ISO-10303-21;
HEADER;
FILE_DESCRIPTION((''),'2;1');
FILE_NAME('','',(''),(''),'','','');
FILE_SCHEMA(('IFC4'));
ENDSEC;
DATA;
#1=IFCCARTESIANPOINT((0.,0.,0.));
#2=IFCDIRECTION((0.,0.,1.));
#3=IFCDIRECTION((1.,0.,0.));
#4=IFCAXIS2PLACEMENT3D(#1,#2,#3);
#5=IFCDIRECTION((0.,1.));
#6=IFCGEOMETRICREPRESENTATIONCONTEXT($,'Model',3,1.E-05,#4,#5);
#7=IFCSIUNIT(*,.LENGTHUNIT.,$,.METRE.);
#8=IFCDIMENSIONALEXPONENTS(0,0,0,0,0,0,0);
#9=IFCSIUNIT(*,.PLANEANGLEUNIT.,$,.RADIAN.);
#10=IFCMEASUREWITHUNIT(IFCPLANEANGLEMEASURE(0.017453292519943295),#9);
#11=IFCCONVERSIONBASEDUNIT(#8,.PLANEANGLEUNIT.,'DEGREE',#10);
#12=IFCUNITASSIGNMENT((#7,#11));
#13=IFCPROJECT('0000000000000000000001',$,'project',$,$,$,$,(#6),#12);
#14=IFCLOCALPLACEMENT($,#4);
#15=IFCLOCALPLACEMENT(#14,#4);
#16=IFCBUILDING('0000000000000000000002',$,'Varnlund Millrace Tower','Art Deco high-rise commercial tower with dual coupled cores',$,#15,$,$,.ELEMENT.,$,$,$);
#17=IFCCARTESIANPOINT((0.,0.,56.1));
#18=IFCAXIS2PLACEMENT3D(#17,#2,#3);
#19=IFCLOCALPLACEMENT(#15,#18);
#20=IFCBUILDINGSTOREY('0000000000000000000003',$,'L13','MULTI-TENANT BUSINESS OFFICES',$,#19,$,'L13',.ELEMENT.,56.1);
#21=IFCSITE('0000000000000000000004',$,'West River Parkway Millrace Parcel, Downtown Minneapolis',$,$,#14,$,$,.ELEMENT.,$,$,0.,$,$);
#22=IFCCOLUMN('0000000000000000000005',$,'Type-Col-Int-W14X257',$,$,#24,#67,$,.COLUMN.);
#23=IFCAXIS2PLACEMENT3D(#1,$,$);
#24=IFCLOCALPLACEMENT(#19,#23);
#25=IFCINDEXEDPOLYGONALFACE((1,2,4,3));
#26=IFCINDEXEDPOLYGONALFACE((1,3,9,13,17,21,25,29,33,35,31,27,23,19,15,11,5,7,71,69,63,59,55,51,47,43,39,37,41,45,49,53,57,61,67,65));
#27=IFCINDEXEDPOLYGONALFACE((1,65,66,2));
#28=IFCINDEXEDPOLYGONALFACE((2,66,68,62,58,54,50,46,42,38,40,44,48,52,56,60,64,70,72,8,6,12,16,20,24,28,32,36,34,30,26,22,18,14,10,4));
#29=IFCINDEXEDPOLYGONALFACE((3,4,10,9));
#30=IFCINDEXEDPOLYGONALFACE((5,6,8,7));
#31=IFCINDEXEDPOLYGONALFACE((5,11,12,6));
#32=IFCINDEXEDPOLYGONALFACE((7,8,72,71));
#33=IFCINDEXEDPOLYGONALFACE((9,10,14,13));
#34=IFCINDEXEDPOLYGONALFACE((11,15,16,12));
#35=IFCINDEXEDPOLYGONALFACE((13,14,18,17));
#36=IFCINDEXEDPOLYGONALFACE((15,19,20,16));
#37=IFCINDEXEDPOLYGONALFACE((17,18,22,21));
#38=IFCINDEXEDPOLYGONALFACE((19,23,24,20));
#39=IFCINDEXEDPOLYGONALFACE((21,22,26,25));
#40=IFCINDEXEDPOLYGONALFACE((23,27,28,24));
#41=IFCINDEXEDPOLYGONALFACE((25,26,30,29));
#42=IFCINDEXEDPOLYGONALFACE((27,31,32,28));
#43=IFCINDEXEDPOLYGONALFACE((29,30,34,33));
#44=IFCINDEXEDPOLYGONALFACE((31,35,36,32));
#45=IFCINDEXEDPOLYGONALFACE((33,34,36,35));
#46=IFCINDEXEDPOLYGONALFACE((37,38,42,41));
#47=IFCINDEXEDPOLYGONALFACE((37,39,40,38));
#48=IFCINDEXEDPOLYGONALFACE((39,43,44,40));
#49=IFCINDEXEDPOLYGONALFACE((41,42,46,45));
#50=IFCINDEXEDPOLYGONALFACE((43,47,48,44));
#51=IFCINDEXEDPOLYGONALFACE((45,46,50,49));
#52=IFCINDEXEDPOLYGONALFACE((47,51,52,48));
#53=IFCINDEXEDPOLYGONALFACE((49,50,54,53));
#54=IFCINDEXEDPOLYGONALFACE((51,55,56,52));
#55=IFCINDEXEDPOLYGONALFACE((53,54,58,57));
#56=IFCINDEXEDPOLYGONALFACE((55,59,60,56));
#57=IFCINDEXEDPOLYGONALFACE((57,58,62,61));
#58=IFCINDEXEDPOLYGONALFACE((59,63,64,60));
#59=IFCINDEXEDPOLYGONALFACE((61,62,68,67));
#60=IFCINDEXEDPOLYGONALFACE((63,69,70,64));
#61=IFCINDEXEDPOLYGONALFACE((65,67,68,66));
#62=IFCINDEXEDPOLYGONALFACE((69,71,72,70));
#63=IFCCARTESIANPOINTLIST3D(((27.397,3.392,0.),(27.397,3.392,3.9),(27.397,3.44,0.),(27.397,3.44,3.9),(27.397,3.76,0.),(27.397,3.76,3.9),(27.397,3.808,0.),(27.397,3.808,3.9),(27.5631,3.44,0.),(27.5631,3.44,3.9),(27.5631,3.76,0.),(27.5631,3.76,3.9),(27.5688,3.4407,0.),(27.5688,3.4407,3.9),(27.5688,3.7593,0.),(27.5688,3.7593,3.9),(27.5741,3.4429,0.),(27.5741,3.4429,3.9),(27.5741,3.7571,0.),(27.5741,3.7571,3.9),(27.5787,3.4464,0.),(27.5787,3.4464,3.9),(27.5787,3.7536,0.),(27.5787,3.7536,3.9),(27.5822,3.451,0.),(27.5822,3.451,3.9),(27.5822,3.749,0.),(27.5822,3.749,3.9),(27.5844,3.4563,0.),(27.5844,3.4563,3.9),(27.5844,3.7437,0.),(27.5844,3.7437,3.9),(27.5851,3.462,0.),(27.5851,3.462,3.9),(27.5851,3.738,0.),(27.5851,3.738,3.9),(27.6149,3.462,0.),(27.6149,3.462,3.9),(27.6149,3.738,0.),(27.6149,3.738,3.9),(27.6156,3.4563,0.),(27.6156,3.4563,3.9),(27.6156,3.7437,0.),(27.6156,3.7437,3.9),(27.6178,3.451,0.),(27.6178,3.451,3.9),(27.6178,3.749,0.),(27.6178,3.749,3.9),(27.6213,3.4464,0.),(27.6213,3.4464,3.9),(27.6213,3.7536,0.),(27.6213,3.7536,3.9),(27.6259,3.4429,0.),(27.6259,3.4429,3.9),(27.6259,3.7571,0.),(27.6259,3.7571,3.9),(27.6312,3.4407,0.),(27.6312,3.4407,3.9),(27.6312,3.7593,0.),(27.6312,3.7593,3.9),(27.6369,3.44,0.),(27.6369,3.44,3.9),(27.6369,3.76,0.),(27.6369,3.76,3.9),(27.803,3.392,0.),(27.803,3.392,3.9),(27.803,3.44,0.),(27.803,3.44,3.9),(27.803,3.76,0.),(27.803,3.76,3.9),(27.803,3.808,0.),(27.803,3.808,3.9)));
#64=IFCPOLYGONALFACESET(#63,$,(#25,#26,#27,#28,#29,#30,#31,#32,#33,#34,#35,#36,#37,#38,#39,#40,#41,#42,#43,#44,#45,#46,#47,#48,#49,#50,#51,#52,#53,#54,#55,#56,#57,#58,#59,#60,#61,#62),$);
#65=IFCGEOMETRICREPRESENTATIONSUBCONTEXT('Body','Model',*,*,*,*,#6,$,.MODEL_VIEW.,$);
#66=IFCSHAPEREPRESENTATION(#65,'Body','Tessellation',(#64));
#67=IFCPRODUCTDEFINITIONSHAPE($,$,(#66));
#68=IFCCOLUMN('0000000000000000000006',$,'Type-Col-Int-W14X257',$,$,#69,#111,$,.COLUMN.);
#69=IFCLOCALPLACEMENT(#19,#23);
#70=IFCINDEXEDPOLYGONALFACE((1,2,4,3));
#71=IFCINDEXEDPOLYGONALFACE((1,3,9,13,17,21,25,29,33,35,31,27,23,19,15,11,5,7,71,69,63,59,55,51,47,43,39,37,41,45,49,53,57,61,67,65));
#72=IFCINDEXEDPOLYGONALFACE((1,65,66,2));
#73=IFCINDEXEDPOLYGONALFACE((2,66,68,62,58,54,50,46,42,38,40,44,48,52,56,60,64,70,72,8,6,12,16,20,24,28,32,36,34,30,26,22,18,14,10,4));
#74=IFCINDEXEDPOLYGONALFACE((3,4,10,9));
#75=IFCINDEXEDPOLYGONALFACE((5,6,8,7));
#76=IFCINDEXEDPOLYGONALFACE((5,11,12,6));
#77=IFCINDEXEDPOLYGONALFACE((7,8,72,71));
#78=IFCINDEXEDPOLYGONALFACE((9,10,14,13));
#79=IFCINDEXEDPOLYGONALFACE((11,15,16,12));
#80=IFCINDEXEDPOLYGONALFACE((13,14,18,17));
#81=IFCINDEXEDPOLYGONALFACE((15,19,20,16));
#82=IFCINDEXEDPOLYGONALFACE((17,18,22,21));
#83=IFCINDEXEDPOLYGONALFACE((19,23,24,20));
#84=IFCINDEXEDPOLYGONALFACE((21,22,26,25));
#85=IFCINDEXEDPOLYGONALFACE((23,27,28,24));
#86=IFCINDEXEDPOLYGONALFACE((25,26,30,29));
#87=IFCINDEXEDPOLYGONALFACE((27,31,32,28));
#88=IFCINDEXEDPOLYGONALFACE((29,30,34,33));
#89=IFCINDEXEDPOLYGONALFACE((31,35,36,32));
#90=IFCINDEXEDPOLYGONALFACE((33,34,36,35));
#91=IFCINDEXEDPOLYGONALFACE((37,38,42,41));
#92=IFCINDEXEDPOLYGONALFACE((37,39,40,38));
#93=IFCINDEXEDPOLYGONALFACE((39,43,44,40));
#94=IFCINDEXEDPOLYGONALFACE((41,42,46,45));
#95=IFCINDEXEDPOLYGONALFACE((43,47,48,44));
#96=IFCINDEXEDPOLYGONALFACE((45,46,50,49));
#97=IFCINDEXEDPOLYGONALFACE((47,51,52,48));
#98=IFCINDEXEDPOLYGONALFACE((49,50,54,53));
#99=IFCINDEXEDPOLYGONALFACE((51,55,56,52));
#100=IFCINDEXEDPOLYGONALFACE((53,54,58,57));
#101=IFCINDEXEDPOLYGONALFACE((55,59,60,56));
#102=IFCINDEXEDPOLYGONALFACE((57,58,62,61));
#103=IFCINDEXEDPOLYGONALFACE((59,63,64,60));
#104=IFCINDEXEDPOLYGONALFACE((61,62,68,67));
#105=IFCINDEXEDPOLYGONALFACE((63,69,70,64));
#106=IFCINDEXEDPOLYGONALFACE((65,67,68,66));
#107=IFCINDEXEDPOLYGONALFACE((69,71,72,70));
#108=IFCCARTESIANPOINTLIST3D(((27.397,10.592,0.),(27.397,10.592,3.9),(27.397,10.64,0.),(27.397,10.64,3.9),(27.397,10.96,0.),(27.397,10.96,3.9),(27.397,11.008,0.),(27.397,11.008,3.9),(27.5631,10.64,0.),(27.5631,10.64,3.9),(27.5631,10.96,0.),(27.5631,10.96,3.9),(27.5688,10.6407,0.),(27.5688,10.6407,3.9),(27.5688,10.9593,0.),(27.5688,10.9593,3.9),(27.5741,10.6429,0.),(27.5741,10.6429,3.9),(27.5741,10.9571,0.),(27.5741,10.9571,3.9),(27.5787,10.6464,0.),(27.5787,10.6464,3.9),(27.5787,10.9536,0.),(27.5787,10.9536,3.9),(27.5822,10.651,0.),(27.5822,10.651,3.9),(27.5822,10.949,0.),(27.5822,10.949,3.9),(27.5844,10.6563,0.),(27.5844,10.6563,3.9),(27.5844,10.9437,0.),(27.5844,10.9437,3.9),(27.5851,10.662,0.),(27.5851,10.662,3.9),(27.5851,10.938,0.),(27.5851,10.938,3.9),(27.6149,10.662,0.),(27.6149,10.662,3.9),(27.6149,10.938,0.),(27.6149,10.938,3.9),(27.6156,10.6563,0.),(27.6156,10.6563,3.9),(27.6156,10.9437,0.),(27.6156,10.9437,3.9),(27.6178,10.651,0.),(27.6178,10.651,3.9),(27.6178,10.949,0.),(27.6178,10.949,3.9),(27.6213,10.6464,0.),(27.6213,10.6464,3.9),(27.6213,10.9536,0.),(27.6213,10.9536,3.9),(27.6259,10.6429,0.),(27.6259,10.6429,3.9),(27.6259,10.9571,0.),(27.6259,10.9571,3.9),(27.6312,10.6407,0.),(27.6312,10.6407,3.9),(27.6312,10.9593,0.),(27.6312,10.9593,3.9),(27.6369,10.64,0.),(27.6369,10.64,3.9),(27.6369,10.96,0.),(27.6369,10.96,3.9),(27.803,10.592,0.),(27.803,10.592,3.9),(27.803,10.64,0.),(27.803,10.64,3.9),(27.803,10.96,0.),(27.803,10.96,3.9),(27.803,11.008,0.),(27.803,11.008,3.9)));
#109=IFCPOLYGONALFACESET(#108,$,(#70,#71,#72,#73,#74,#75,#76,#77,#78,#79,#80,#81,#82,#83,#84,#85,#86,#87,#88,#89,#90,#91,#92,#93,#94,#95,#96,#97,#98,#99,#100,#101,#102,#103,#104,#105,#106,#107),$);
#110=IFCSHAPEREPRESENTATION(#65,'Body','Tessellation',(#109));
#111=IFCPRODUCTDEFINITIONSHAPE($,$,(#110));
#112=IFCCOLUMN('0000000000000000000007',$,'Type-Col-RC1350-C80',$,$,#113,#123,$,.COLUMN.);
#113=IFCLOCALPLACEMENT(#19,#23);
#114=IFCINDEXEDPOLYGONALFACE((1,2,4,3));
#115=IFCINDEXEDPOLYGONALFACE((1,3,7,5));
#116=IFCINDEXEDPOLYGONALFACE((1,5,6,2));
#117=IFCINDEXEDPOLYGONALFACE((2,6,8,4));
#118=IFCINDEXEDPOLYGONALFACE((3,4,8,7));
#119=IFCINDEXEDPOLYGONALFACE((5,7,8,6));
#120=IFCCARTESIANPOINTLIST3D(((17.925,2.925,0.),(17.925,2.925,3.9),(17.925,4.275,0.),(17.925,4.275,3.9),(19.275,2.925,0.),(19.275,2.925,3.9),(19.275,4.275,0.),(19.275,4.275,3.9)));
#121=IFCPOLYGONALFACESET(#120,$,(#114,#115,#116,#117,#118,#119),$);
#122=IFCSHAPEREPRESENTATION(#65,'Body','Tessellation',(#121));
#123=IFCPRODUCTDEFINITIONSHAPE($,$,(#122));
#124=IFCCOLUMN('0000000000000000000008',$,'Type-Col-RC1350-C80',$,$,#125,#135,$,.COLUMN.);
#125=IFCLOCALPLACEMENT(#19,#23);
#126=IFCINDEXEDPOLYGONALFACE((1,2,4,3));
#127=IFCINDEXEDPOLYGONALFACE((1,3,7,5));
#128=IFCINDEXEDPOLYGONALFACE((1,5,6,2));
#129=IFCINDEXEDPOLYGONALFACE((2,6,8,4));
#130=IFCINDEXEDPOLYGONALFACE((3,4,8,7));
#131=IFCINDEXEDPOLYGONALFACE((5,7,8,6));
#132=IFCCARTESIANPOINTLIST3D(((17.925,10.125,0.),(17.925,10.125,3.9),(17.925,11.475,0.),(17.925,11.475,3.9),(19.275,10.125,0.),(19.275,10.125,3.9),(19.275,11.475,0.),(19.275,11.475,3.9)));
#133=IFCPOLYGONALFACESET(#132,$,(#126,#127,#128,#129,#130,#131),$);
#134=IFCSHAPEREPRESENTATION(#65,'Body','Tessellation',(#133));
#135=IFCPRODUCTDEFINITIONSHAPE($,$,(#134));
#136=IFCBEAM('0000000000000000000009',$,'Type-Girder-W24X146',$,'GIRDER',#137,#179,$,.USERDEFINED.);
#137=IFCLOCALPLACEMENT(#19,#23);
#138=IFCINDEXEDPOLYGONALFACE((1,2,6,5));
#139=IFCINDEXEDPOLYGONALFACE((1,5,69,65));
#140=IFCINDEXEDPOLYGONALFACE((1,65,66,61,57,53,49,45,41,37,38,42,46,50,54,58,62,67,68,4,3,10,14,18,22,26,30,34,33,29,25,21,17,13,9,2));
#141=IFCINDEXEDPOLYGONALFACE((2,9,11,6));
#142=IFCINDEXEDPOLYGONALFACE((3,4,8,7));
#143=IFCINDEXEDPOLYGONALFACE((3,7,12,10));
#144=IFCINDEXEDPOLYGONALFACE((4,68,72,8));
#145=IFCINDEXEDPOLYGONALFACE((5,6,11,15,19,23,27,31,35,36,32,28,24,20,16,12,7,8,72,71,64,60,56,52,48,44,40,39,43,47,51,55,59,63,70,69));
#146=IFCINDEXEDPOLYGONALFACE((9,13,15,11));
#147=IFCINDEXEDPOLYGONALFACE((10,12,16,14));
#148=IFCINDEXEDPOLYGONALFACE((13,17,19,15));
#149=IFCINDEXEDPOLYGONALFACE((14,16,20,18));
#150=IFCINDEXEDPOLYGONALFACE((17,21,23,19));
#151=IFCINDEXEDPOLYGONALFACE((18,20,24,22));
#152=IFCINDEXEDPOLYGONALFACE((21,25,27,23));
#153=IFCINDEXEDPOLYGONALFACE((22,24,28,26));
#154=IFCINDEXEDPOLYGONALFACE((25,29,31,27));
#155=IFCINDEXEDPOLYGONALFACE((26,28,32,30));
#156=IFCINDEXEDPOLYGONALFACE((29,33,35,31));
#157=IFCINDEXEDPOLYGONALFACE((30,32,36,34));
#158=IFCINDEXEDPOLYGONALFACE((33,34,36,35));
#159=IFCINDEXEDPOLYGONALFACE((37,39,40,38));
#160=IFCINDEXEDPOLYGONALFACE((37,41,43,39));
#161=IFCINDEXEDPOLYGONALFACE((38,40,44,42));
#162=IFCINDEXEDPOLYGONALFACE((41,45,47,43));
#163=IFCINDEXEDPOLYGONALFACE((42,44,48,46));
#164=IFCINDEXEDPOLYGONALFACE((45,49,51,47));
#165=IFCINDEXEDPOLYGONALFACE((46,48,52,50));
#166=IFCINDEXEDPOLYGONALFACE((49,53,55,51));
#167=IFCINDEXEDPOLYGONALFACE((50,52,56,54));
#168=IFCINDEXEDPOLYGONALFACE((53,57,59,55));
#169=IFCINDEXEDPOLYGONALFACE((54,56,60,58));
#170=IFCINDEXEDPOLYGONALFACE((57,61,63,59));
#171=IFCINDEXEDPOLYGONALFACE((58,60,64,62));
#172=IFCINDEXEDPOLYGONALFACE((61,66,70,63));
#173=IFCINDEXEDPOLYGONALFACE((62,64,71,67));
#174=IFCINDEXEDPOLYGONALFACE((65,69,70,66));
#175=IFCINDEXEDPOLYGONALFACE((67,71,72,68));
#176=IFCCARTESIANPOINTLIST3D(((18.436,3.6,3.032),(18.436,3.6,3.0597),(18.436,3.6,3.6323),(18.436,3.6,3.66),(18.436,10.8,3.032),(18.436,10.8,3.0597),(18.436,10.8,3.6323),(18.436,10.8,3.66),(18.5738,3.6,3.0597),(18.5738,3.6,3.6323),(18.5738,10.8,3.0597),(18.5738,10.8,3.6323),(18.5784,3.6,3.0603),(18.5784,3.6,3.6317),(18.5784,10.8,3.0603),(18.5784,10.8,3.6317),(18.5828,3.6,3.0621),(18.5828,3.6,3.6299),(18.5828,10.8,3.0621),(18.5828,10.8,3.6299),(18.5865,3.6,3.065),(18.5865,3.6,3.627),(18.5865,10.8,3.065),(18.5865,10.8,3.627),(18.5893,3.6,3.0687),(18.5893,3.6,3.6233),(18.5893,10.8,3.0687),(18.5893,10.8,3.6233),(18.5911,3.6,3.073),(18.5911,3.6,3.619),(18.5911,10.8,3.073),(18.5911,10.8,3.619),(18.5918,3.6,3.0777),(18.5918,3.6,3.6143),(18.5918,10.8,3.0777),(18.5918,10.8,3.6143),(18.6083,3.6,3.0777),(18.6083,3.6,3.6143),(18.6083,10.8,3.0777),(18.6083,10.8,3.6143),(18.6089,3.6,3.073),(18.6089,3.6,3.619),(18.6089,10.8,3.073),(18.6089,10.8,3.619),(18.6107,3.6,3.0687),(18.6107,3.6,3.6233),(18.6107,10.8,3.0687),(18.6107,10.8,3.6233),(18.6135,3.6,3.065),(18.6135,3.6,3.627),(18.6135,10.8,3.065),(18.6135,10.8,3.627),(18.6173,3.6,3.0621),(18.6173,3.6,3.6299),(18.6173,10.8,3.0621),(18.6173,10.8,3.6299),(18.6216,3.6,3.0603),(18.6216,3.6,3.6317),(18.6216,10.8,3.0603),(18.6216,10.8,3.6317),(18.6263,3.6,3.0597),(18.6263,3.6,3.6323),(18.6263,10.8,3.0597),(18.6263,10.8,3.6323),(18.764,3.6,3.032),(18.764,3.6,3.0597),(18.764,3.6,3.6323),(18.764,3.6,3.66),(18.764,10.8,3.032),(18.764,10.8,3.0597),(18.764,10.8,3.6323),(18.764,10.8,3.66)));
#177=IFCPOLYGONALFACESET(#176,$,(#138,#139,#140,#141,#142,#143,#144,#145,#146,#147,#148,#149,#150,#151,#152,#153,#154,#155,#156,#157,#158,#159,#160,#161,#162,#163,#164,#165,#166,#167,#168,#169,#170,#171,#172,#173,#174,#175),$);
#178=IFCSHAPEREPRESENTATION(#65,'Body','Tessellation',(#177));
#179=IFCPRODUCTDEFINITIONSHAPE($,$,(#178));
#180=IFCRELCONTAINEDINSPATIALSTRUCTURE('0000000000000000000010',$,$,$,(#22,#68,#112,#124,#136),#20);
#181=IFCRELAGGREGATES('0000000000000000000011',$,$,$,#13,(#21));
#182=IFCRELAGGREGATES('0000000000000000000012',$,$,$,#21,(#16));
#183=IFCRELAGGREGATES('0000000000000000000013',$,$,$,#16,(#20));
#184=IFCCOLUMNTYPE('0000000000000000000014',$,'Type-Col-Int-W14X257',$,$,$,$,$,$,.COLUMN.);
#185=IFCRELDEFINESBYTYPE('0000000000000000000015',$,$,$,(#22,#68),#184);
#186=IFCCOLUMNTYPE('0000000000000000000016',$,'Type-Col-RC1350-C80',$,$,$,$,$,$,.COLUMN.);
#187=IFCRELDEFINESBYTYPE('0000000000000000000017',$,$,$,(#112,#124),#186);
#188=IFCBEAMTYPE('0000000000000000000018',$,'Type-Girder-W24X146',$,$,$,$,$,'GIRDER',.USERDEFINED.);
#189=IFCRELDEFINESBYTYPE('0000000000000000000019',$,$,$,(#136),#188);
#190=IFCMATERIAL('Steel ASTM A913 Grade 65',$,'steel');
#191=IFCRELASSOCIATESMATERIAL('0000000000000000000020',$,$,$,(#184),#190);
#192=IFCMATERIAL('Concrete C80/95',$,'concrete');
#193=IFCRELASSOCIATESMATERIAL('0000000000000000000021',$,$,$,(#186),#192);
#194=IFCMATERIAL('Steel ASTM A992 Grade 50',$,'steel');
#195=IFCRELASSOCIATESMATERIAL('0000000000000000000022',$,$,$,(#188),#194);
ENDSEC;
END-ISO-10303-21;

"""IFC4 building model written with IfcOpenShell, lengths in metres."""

from ifc_helpers import new_model, entity, si_unit, converted_unit, direction, frame, origin_with_axes, origin_2d_with_axis, place, context, subcontext, project, spatial, rectangle, i_section, extrude, material, material_profile, profile_set, type_object, element, save


model = new_model("IFC4")

# Units and contexts
model_context = context("Model", 3, precision=1e-05, world=origin_with_axes(), true_north=direction((0.0, 1.0)))
body_context = subcontext(model_context, "Body", "Model", "MODEL_VIEW")
ifc_project = project(units=[si_unit("LENGTHUNIT", "METRE"), converted_unit("PLANEANGLEUNIT", "DEGREE", entity("IfcPlaneAngleMeasure", 0.017453292519943295), si_unit("PLANEANGLEUNIT", "RADIAN"), dimensions=[0, 0, 0, 0, 0, 0, 0])], contexts=[model_context])

# Site, building, storey
site_placement = place(None, origin_with_axes())
site = spatial("IfcSite", under=ifc_project, at=site_placement, Name="West River Parkway Millrace Parcel, Downtown Minneapolis", CompositionType="ELEMENT", RefElevation=0.0)
building_placement = place(site_placement, origin_with_axes())
building = spatial("IfcBuilding", under=site, at=building_placement, Name="Varnlund Millrace Tower", Description="Art Deco high-rise commercial tower with dual coupled cores", CompositionType="ELEMENT")
storey_placement = place(building_placement, frame((0.0, 0.0, 56.1), z_axis=(0.0, 0.0, 1.0), x_axis=(1.0, 0.0, 0.0)))
storey = spatial("IfcBuildingStorey", under=building, at=storey_placement, Name="L13", Description="MULTI-TENANT BUSINESS OFFICES", LongName="L13", CompositionType="ELEMENT", Elevation=56.1)

# Columns
ifc_material_1 = material(Name="Steel ASTM A913 Grade 65", Category="steel")
ifc_material_profile_1 = material_profile(ifc_material_1, i_section(OverallWidth=0.406, OverallDepth=0.416, WebThickness=0.0298, FlangeThickness=0.048, FilletRadius=0.022, at=origin_2d_with_axis()), Name="Steel ASTM A913 Grade 65")
ifc_profile_set_1 = profile_set([ifc_material_profile_1], Name="Steel ASTM A913 Grade 65")
column_type_1 = type_object("IfcColumnType", Name="Type-Col-Int-W14X257", PredefinedType="COLUMN", material=ifc_profile_set_1)
for number, where, z_axis, x_axis, name in (
    (1, (27.6, 3.6, 0.0), (0.0, 0.0, 1.0), (1.0, 0.0, 0.0), "Type-Col-Int-W14X257"),
    (2, (27.6, 10.8, 0.0), (0.0, 0.0, 1.0), (1.0, 0.0, 0.0), "Type-Col-Int-W14X257"),
):
    element("IfcColumn", number, at=place(storey_placement, frame(where, z_axis=z_axis, x_axis=x_axis)), inside=storey, type_object=column_type_1, Name=name, PredefinedType="COLUMN", context=body_context, shape_type="SweptSolid", body=[
        extrude(i_section(OverallWidth=0.406, OverallDepth=0.416, WebThickness=0.0298, FlangeThickness=0.048, FilletRadius=0.022, at=origin_2d_with_axis()), origin_with_axes(), (0.0, 0.0, 1.0), 3.9),
    ])
ifc_material_2 = material(Name="Concrete C80/95", Category="concrete")
ifc_material_profile_2 = material_profile(ifc_material_2, rectangle(XDim=1.35, YDim=1.35, at=origin_2d_with_axis()), Name="Concrete C80/95")
ifc_profile_set_2 = profile_set([ifc_material_profile_2], Name="Concrete C80/95")
column_type_2 = type_object("IfcColumnType", Name="Type-Col-RC1350-C80", PredefinedType="COLUMN", material=ifc_profile_set_2)
for number, where, z_axis, x_axis, name in (
    (3, (18.6, 3.6, 0.0), (0.0, 0.0, 1.0), (1.0, 0.0, 0.0), "Type-Col-RC1350-C80"),
    (4, (18.6, 10.8, 0.0), (0.0, 0.0, 1.0), (1.0, 0.0, 0.0), "Type-Col-RC1350-C80"),
):
    element("IfcColumn", number, at=place(storey_placement, frame(where, z_axis=z_axis, x_axis=x_axis)), inside=storey, type_object=column_type_2, Name=name, PredefinedType="COLUMN", context=body_context, shape_type="SweptSolid", body=[
        extrude(rectangle(XDim=1.35, YDim=1.35, at=origin_2d_with_axis()), origin_with_axes(), (0.0, 0.0, 1.0), 3.9),
    ])

# Beam
ifc_material_3 = material(Name="Steel ASTM A992 Grade 50", Category="steel")
ifc_material_profile_3 = material_profile(ifc_material_3, i_section(OverallWidth=0.328, OverallDepth=0.628, WebThickness=0.0165, FlangeThickness=0.0277, FilletRadius=0.018, at=origin_2d_with_axis()), Name="Steel ASTM A992 Grade 50")
ifc_profile_set_3 = profile_set([ifc_material_profile_3], Name="Steel ASTM A992 Grade 50")
beam_type_1 = type_object("IfcBeamType", Name="Type-Girder-W24X146", ElementType="GIRDER", PredefinedType="USERDEFINED", material=ifc_profile_set_3)
beam_1_placement = place(storey_placement, frame((18.6, 3.6, 3.346), z_axis=(0.0, 1.0, 0.0), x_axis=(-1.0, 0.0, 0.0)))
element("IfcBeam", 5, at=beam_1_placement, inside=storey, type_object=beam_type_1, Name="Type-Girder-W24X146", ObjectType="GIRDER", PredefinedType="USERDEFINED", context=body_context, shape_type="SweptSolid", body=[
    extrude(i_section(OverallWidth=0.328, OverallDepth=0.628, WebThickness=0.0165, FlangeThickness=0.0277, FilletRadius=0.018, at=origin_2d_with_axis()), origin_with_axes(), (0.0, 0.0, 1.0), 7.2),
])

save(model, "model.ifc")
